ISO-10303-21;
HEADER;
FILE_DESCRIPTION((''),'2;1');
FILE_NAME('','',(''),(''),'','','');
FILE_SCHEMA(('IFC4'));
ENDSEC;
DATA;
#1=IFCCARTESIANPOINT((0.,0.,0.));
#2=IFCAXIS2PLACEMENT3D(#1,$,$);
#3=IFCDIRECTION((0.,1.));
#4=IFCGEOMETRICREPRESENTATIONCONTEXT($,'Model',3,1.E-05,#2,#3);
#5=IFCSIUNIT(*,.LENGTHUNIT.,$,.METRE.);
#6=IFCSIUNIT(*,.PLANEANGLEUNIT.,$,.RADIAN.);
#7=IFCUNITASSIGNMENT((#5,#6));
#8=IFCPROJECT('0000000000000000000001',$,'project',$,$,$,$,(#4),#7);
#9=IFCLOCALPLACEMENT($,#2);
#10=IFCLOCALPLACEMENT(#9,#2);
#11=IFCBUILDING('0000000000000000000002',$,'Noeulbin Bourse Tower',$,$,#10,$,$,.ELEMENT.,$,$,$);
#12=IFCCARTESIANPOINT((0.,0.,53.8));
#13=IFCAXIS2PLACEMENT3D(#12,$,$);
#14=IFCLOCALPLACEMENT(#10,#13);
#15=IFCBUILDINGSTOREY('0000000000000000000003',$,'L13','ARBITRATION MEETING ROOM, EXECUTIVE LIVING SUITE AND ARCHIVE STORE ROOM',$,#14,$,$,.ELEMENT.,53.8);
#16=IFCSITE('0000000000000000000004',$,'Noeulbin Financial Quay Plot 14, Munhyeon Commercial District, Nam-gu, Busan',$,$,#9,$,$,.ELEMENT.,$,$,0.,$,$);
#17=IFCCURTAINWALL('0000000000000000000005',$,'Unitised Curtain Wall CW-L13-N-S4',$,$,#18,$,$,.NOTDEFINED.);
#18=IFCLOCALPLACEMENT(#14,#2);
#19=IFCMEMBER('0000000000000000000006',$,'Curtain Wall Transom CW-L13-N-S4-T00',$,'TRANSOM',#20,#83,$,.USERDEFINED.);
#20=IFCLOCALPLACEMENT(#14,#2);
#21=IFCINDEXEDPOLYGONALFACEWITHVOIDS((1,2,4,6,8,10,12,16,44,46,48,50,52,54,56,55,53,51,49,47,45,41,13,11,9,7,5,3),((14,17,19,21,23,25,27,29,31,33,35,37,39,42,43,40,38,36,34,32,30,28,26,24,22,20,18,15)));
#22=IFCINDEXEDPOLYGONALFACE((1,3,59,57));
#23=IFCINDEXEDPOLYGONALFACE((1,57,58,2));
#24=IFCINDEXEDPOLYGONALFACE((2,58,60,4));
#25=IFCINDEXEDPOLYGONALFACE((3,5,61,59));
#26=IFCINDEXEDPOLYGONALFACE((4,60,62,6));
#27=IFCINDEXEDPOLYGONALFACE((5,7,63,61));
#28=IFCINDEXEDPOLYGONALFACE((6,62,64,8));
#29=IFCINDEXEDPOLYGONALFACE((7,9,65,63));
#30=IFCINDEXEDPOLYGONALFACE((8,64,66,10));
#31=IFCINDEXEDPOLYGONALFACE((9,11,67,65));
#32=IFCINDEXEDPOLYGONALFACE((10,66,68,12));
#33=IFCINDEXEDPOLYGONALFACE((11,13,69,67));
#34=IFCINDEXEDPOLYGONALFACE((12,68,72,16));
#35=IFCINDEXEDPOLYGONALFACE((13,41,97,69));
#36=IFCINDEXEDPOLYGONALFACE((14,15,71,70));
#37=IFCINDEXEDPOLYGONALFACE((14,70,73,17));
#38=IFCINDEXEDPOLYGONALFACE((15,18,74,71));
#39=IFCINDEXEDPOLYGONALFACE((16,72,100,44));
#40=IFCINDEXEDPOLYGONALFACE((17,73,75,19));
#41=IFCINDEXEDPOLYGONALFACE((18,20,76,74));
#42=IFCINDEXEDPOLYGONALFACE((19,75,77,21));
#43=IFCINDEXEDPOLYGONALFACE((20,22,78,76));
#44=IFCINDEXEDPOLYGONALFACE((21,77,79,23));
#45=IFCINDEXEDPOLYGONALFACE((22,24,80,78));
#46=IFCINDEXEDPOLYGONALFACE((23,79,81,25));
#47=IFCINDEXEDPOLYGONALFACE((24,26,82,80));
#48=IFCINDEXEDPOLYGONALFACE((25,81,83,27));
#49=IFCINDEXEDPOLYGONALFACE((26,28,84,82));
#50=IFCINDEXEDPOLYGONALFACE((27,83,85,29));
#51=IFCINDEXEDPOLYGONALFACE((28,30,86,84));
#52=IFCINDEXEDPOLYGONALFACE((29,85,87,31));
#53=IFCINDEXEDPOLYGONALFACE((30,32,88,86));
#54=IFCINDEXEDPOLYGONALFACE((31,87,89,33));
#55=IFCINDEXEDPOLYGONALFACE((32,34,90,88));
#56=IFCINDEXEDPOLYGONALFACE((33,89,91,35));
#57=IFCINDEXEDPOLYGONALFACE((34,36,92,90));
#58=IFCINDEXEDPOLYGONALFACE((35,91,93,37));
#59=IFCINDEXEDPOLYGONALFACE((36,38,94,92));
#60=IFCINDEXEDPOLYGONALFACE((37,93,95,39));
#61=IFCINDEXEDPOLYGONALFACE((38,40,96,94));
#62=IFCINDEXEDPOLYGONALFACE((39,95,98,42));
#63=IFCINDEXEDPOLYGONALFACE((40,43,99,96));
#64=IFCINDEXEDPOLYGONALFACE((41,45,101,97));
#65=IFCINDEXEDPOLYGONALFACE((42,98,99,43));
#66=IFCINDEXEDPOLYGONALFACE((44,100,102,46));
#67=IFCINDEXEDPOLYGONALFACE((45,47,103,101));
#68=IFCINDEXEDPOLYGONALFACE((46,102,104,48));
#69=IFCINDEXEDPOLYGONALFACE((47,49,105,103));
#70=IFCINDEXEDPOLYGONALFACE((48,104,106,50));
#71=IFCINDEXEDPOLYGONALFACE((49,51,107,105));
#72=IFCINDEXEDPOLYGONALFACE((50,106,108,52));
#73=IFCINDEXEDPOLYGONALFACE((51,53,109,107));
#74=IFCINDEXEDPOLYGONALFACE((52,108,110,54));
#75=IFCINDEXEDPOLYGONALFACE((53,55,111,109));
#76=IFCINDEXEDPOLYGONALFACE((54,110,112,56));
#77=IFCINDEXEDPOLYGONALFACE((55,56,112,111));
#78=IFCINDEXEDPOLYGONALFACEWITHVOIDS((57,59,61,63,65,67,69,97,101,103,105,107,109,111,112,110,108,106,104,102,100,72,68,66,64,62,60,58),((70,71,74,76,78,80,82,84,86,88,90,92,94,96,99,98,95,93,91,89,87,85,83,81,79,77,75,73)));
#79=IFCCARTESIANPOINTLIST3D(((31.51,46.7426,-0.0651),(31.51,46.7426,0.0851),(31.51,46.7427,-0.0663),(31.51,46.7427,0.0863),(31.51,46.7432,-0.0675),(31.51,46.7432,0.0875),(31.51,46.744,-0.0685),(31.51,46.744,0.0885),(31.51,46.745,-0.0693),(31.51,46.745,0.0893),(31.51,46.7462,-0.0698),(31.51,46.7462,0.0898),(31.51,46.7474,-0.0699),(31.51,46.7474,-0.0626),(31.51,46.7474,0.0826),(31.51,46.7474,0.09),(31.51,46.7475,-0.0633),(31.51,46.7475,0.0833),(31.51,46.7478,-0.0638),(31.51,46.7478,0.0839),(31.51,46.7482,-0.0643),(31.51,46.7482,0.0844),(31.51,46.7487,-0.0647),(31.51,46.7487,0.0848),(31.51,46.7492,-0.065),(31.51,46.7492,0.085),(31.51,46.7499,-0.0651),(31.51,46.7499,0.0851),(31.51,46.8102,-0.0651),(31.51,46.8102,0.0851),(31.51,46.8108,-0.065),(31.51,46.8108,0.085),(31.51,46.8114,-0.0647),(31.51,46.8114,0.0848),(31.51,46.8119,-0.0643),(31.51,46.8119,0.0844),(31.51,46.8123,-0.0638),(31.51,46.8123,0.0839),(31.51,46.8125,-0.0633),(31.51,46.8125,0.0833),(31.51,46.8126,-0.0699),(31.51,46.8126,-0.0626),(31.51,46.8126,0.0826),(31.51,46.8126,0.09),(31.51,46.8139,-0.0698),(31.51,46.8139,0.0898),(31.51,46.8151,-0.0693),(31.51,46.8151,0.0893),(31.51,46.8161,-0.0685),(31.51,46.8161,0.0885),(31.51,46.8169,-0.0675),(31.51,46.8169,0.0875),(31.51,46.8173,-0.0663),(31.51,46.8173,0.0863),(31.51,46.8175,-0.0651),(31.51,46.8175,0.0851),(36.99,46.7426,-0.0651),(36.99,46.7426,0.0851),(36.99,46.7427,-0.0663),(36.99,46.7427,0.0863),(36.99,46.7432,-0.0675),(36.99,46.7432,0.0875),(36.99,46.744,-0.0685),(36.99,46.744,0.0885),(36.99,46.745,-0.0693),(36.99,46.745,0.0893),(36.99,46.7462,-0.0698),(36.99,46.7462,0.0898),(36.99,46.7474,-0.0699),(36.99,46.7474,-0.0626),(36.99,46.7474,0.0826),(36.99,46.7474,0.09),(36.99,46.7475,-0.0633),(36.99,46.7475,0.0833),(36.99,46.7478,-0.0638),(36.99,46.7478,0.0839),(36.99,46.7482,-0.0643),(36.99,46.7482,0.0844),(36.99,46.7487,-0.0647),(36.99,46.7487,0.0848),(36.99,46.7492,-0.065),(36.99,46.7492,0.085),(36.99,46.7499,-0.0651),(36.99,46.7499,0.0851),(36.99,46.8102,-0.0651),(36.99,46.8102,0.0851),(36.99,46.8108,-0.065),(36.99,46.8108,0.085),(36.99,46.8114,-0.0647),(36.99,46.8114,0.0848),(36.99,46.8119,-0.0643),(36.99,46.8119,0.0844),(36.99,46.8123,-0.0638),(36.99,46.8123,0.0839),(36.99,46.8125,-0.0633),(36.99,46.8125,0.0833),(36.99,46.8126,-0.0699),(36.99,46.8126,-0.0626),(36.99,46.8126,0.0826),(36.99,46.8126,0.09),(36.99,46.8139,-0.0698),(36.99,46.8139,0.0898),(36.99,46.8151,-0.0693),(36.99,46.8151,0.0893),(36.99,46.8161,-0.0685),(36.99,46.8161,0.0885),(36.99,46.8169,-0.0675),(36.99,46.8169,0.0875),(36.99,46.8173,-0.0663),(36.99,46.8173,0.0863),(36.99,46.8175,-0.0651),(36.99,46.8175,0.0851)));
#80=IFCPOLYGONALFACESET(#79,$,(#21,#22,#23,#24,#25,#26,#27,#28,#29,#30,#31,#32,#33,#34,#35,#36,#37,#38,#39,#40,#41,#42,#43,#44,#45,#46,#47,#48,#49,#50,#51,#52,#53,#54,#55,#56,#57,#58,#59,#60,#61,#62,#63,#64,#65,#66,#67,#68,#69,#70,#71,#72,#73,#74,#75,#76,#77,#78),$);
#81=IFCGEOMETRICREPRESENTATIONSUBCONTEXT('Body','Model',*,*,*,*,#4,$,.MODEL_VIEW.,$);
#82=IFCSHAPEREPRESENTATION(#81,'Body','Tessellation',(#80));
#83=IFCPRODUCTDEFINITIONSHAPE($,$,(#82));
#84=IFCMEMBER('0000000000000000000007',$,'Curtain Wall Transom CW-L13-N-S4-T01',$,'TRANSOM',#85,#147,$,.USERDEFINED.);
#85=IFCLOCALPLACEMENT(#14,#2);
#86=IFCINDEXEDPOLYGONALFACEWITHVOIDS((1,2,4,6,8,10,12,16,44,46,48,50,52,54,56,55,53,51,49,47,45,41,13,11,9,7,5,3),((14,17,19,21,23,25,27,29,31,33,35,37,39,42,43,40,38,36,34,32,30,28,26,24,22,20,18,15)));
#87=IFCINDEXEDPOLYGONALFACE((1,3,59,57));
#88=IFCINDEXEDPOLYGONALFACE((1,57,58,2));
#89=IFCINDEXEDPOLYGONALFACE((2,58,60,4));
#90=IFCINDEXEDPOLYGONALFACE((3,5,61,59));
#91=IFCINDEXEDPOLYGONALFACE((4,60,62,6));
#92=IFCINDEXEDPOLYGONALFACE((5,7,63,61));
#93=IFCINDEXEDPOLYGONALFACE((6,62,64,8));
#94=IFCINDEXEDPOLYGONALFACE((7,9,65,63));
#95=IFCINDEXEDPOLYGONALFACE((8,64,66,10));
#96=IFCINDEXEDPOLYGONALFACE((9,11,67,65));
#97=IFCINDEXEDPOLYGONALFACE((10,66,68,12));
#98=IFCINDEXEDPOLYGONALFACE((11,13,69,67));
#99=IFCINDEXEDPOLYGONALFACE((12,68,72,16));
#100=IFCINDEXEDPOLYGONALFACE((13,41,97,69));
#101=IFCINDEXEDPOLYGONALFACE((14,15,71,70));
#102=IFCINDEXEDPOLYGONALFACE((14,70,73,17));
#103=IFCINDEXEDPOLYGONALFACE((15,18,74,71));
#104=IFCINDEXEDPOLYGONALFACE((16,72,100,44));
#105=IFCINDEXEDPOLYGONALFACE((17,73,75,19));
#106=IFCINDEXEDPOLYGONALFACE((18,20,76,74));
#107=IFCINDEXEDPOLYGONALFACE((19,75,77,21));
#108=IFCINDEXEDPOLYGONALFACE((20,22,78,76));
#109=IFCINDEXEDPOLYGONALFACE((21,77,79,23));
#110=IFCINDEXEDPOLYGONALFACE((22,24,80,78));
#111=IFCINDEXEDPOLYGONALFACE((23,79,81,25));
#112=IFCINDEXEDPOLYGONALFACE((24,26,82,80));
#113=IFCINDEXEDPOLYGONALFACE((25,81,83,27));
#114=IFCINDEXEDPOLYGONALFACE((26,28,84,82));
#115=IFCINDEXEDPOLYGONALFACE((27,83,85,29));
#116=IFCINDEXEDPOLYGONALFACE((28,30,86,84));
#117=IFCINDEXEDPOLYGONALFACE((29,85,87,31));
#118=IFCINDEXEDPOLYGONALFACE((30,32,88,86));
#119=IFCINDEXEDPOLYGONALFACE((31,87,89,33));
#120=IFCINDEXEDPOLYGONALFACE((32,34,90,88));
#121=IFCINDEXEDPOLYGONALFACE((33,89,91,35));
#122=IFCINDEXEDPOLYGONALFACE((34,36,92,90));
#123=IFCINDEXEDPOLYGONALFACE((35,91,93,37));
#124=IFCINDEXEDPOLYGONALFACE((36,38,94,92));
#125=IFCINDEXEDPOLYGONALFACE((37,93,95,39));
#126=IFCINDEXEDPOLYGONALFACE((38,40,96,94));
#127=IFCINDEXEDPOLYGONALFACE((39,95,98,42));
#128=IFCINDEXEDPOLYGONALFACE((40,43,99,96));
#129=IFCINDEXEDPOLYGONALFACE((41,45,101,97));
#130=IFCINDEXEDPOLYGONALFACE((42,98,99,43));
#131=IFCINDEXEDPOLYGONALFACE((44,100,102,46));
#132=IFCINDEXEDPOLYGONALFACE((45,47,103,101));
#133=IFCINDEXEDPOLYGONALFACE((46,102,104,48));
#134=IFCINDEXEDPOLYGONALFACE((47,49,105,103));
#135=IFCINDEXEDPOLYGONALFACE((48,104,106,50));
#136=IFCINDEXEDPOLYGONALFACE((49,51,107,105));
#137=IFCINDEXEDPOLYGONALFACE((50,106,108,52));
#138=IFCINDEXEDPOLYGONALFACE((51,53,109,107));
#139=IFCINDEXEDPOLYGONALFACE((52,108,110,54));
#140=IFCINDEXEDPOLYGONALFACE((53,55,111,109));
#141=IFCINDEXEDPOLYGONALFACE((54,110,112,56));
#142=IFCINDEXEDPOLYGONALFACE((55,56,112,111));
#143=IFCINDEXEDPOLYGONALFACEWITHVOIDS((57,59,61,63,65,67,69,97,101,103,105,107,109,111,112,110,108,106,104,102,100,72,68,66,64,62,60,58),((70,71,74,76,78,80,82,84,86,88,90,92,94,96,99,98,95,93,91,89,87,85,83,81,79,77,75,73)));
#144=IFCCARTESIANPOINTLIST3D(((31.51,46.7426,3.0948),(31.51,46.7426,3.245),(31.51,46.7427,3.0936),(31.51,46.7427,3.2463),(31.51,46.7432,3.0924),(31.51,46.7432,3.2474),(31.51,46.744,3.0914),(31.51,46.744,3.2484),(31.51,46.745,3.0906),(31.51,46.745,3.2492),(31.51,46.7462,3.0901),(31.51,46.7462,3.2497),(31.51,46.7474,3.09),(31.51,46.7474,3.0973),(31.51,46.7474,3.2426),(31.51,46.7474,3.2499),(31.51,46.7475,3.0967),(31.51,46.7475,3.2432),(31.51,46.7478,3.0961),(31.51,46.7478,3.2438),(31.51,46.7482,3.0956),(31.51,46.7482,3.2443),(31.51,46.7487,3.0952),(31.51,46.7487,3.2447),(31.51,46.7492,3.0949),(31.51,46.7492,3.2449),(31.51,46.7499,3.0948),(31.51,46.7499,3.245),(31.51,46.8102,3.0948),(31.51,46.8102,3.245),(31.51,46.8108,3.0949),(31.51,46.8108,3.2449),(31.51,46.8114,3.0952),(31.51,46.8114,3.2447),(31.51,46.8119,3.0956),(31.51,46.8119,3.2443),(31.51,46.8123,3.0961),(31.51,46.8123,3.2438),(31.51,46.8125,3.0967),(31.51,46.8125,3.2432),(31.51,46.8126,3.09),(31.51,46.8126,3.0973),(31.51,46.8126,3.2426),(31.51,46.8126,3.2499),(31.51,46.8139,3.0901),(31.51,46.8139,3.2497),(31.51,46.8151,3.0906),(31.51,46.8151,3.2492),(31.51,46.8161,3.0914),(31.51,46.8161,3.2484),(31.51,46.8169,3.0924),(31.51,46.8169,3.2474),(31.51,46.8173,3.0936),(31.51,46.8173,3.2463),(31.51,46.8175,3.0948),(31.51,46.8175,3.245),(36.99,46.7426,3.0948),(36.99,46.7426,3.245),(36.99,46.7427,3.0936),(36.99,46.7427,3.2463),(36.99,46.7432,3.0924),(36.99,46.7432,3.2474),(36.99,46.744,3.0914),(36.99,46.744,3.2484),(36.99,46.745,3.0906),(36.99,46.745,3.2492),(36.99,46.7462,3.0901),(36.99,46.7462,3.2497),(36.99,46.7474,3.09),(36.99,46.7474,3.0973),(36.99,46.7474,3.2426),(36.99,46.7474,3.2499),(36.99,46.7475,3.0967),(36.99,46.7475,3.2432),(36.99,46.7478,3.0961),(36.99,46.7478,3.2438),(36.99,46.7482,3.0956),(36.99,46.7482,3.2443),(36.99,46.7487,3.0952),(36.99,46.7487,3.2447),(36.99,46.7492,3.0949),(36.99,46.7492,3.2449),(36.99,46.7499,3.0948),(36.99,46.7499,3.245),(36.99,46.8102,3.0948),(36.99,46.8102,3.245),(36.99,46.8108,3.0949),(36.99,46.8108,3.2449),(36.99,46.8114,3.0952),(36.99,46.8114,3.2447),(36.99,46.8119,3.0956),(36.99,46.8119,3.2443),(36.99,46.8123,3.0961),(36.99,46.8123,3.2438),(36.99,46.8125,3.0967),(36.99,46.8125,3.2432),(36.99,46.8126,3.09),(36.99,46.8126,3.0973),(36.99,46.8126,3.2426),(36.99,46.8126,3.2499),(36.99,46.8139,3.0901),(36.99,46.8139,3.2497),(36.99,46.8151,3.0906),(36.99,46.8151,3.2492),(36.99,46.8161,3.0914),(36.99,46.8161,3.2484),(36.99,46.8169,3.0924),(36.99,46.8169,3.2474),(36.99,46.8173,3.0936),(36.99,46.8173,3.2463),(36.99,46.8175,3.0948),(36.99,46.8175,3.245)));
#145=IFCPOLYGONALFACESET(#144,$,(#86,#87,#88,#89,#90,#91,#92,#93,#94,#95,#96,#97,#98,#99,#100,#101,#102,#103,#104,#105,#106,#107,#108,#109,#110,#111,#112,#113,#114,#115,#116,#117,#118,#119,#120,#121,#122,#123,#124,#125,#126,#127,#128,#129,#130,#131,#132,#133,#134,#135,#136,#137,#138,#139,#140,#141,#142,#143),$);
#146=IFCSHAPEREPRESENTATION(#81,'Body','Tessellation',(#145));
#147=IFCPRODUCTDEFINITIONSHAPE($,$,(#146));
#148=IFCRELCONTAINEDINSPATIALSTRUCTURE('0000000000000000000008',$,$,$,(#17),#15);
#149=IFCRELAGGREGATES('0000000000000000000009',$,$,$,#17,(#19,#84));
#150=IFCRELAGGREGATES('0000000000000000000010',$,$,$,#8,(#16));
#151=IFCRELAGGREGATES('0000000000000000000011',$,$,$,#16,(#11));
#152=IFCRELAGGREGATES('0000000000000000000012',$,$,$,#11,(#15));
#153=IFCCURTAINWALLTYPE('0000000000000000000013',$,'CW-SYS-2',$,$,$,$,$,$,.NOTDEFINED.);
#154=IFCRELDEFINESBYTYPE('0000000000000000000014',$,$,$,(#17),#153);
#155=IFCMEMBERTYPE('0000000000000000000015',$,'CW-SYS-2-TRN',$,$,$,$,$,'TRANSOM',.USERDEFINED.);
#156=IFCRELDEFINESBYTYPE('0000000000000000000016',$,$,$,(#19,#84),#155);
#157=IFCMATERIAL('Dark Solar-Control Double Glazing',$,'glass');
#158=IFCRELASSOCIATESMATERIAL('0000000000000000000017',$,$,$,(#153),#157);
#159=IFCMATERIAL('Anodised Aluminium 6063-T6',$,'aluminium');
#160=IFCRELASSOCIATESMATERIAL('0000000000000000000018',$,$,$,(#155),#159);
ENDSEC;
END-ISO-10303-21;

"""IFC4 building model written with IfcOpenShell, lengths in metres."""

from ifc_helpers import new_model, si_unit, direction, frame, origin, origin_2d, place, context, subcontext, project, spatial, hollow_rectangle, extrude, material, material_profile, profile_set, type_object, element, aggregate, save


model = new_model("IFC4")

# Units and contexts
model_context = context("Model", 3, precision=1e-05, world=origin(), true_north=direction((0.0, 1.0)))
body_context = subcontext(model_context, "Body", "Model", "MODEL_VIEW")
ifc_project = project(units=[si_unit("LENGTHUNIT", "METRE"), si_unit("PLANEANGLEUNIT", "RADIAN")], contexts=[model_context])

# Site, building, storey
site_placement = place(None, origin())
site = spatial("IfcSite", under=ifc_project, at=site_placement, Name="Noeulbin Financial Quay Plot 14, Munhyeon Commercial District, Nam-gu, Busan", CompositionType="ELEMENT", RefElevation=0.0)
building_placement = place(site_placement, origin())
building = spatial("IfcBuilding", under=site, at=building_placement, Name="Noeulbin Bourse Tower", CompositionType="ELEMENT")
storey_placement = place(building_placement, frame((0.0, 0.0, 53.8)))
storey = spatial("IfcBuildingStorey", under=building, at=storey_placement, Name="L13", Description="ARBITRATION MEETING ROOM, EXECUTIVE LIVING SUITE AND ARCHIVE STORE ROOM", CompositionType="ELEMENT", Elevation=53.8)

# Shared definitions
ifc_material_1 = material(Name="Dark Solar-Control Double Glazing", Category="glass")
curtain_wall_type = type_object("IfcCurtainWallType", Name="CW-SYS-2", PredefinedType="NOTDEFINED", material=ifc_material_1)
ifc_material_2 = material(Name="Anodised Aluminium 6063-T6", Category="aluminium")

# Curtain wall
curtain_wall_1_placement = place(storey_placement, origin())
curtain_wall_1 = element("IfcCurtainWall", 1, at=curtain_wall_1_placement, inside=storey, type_object=curtain_wall_type, Name="Unitised Curtain Wall CW-L13-N-S4", PredefinedType="NOTDEFINED")

# Members
ifc_material_profile_1 = material_profile(ifc_material_2, hollow_rectangle(XDim=0.075, YDim=0.1599, WallThickness=0.0049, InnerFilletRadius=0.0024, OuterFilletRadius=0.0049, at=origin_2d()), Name="ALU-TRAN-75x160x5", Category="LoadBearing")
ifc_profile_set_1 = profile_set([ifc_material_profile_1], Name="Anodised Aluminium 6063-T6")
member_type_1 = type_object("IfcMemberType", Name="CW-SYS-2-TRN", ElementType="TRANSOM", PredefinedType="USERDEFINED", material=ifc_profile_set_1)
member_1_placement = place(storey_placement, frame((31.51, 46.78, 0.01), z_axis=(1.0, 0.0, 0.0), x_axis=(0.0, 1.0, 0.0)))
member_1 = element("IfcMember", 2, at=member_1_placement, type_object=member_type_1, Name="Curtain Wall Transom CW-L13-N-S4-T00", ObjectType="TRANSOM", PredefinedType="USERDEFINED", context=body_context, shape_type="SweptSolid", body=[
    extrude(hollow_rectangle(XDim=0.075, YDim=0.1599, WallThickness=0.0049, InnerFilletRadius=0.0024, OuterFilletRadius=0.0049, at=origin_2d()), origin(), (0.0, 0.0, 1.0), 5.48),
])
member_2_placement = place(storey_placement, frame((31.51, 46.78, 3.1699), z_axis=(1.0, 0.0, 0.0), x_axis=(0.0, 1.0, 0.0)))
member_2 = element("IfcMember", 3, at=member_2_placement, type_object=member_type_1, Name="Curtain Wall Transom CW-L13-N-S4-T01", ObjectType="TRANSOM", PredefinedType="USERDEFINED", context=body_context, shape_type="SweptSolid", body=[
    extrude(hollow_rectangle(XDim=0.075, YDim=0.1599, WallThickness=0.0049, InnerFilletRadius=0.0024, OuterFilletRadius=0.0049, at=origin_2d()), origin(), (0.0, 0.0, 1.0), 5.48),
])

aggregate(curtain_wall_1, [member_1, member_2])

save(model, "model.ifc")
